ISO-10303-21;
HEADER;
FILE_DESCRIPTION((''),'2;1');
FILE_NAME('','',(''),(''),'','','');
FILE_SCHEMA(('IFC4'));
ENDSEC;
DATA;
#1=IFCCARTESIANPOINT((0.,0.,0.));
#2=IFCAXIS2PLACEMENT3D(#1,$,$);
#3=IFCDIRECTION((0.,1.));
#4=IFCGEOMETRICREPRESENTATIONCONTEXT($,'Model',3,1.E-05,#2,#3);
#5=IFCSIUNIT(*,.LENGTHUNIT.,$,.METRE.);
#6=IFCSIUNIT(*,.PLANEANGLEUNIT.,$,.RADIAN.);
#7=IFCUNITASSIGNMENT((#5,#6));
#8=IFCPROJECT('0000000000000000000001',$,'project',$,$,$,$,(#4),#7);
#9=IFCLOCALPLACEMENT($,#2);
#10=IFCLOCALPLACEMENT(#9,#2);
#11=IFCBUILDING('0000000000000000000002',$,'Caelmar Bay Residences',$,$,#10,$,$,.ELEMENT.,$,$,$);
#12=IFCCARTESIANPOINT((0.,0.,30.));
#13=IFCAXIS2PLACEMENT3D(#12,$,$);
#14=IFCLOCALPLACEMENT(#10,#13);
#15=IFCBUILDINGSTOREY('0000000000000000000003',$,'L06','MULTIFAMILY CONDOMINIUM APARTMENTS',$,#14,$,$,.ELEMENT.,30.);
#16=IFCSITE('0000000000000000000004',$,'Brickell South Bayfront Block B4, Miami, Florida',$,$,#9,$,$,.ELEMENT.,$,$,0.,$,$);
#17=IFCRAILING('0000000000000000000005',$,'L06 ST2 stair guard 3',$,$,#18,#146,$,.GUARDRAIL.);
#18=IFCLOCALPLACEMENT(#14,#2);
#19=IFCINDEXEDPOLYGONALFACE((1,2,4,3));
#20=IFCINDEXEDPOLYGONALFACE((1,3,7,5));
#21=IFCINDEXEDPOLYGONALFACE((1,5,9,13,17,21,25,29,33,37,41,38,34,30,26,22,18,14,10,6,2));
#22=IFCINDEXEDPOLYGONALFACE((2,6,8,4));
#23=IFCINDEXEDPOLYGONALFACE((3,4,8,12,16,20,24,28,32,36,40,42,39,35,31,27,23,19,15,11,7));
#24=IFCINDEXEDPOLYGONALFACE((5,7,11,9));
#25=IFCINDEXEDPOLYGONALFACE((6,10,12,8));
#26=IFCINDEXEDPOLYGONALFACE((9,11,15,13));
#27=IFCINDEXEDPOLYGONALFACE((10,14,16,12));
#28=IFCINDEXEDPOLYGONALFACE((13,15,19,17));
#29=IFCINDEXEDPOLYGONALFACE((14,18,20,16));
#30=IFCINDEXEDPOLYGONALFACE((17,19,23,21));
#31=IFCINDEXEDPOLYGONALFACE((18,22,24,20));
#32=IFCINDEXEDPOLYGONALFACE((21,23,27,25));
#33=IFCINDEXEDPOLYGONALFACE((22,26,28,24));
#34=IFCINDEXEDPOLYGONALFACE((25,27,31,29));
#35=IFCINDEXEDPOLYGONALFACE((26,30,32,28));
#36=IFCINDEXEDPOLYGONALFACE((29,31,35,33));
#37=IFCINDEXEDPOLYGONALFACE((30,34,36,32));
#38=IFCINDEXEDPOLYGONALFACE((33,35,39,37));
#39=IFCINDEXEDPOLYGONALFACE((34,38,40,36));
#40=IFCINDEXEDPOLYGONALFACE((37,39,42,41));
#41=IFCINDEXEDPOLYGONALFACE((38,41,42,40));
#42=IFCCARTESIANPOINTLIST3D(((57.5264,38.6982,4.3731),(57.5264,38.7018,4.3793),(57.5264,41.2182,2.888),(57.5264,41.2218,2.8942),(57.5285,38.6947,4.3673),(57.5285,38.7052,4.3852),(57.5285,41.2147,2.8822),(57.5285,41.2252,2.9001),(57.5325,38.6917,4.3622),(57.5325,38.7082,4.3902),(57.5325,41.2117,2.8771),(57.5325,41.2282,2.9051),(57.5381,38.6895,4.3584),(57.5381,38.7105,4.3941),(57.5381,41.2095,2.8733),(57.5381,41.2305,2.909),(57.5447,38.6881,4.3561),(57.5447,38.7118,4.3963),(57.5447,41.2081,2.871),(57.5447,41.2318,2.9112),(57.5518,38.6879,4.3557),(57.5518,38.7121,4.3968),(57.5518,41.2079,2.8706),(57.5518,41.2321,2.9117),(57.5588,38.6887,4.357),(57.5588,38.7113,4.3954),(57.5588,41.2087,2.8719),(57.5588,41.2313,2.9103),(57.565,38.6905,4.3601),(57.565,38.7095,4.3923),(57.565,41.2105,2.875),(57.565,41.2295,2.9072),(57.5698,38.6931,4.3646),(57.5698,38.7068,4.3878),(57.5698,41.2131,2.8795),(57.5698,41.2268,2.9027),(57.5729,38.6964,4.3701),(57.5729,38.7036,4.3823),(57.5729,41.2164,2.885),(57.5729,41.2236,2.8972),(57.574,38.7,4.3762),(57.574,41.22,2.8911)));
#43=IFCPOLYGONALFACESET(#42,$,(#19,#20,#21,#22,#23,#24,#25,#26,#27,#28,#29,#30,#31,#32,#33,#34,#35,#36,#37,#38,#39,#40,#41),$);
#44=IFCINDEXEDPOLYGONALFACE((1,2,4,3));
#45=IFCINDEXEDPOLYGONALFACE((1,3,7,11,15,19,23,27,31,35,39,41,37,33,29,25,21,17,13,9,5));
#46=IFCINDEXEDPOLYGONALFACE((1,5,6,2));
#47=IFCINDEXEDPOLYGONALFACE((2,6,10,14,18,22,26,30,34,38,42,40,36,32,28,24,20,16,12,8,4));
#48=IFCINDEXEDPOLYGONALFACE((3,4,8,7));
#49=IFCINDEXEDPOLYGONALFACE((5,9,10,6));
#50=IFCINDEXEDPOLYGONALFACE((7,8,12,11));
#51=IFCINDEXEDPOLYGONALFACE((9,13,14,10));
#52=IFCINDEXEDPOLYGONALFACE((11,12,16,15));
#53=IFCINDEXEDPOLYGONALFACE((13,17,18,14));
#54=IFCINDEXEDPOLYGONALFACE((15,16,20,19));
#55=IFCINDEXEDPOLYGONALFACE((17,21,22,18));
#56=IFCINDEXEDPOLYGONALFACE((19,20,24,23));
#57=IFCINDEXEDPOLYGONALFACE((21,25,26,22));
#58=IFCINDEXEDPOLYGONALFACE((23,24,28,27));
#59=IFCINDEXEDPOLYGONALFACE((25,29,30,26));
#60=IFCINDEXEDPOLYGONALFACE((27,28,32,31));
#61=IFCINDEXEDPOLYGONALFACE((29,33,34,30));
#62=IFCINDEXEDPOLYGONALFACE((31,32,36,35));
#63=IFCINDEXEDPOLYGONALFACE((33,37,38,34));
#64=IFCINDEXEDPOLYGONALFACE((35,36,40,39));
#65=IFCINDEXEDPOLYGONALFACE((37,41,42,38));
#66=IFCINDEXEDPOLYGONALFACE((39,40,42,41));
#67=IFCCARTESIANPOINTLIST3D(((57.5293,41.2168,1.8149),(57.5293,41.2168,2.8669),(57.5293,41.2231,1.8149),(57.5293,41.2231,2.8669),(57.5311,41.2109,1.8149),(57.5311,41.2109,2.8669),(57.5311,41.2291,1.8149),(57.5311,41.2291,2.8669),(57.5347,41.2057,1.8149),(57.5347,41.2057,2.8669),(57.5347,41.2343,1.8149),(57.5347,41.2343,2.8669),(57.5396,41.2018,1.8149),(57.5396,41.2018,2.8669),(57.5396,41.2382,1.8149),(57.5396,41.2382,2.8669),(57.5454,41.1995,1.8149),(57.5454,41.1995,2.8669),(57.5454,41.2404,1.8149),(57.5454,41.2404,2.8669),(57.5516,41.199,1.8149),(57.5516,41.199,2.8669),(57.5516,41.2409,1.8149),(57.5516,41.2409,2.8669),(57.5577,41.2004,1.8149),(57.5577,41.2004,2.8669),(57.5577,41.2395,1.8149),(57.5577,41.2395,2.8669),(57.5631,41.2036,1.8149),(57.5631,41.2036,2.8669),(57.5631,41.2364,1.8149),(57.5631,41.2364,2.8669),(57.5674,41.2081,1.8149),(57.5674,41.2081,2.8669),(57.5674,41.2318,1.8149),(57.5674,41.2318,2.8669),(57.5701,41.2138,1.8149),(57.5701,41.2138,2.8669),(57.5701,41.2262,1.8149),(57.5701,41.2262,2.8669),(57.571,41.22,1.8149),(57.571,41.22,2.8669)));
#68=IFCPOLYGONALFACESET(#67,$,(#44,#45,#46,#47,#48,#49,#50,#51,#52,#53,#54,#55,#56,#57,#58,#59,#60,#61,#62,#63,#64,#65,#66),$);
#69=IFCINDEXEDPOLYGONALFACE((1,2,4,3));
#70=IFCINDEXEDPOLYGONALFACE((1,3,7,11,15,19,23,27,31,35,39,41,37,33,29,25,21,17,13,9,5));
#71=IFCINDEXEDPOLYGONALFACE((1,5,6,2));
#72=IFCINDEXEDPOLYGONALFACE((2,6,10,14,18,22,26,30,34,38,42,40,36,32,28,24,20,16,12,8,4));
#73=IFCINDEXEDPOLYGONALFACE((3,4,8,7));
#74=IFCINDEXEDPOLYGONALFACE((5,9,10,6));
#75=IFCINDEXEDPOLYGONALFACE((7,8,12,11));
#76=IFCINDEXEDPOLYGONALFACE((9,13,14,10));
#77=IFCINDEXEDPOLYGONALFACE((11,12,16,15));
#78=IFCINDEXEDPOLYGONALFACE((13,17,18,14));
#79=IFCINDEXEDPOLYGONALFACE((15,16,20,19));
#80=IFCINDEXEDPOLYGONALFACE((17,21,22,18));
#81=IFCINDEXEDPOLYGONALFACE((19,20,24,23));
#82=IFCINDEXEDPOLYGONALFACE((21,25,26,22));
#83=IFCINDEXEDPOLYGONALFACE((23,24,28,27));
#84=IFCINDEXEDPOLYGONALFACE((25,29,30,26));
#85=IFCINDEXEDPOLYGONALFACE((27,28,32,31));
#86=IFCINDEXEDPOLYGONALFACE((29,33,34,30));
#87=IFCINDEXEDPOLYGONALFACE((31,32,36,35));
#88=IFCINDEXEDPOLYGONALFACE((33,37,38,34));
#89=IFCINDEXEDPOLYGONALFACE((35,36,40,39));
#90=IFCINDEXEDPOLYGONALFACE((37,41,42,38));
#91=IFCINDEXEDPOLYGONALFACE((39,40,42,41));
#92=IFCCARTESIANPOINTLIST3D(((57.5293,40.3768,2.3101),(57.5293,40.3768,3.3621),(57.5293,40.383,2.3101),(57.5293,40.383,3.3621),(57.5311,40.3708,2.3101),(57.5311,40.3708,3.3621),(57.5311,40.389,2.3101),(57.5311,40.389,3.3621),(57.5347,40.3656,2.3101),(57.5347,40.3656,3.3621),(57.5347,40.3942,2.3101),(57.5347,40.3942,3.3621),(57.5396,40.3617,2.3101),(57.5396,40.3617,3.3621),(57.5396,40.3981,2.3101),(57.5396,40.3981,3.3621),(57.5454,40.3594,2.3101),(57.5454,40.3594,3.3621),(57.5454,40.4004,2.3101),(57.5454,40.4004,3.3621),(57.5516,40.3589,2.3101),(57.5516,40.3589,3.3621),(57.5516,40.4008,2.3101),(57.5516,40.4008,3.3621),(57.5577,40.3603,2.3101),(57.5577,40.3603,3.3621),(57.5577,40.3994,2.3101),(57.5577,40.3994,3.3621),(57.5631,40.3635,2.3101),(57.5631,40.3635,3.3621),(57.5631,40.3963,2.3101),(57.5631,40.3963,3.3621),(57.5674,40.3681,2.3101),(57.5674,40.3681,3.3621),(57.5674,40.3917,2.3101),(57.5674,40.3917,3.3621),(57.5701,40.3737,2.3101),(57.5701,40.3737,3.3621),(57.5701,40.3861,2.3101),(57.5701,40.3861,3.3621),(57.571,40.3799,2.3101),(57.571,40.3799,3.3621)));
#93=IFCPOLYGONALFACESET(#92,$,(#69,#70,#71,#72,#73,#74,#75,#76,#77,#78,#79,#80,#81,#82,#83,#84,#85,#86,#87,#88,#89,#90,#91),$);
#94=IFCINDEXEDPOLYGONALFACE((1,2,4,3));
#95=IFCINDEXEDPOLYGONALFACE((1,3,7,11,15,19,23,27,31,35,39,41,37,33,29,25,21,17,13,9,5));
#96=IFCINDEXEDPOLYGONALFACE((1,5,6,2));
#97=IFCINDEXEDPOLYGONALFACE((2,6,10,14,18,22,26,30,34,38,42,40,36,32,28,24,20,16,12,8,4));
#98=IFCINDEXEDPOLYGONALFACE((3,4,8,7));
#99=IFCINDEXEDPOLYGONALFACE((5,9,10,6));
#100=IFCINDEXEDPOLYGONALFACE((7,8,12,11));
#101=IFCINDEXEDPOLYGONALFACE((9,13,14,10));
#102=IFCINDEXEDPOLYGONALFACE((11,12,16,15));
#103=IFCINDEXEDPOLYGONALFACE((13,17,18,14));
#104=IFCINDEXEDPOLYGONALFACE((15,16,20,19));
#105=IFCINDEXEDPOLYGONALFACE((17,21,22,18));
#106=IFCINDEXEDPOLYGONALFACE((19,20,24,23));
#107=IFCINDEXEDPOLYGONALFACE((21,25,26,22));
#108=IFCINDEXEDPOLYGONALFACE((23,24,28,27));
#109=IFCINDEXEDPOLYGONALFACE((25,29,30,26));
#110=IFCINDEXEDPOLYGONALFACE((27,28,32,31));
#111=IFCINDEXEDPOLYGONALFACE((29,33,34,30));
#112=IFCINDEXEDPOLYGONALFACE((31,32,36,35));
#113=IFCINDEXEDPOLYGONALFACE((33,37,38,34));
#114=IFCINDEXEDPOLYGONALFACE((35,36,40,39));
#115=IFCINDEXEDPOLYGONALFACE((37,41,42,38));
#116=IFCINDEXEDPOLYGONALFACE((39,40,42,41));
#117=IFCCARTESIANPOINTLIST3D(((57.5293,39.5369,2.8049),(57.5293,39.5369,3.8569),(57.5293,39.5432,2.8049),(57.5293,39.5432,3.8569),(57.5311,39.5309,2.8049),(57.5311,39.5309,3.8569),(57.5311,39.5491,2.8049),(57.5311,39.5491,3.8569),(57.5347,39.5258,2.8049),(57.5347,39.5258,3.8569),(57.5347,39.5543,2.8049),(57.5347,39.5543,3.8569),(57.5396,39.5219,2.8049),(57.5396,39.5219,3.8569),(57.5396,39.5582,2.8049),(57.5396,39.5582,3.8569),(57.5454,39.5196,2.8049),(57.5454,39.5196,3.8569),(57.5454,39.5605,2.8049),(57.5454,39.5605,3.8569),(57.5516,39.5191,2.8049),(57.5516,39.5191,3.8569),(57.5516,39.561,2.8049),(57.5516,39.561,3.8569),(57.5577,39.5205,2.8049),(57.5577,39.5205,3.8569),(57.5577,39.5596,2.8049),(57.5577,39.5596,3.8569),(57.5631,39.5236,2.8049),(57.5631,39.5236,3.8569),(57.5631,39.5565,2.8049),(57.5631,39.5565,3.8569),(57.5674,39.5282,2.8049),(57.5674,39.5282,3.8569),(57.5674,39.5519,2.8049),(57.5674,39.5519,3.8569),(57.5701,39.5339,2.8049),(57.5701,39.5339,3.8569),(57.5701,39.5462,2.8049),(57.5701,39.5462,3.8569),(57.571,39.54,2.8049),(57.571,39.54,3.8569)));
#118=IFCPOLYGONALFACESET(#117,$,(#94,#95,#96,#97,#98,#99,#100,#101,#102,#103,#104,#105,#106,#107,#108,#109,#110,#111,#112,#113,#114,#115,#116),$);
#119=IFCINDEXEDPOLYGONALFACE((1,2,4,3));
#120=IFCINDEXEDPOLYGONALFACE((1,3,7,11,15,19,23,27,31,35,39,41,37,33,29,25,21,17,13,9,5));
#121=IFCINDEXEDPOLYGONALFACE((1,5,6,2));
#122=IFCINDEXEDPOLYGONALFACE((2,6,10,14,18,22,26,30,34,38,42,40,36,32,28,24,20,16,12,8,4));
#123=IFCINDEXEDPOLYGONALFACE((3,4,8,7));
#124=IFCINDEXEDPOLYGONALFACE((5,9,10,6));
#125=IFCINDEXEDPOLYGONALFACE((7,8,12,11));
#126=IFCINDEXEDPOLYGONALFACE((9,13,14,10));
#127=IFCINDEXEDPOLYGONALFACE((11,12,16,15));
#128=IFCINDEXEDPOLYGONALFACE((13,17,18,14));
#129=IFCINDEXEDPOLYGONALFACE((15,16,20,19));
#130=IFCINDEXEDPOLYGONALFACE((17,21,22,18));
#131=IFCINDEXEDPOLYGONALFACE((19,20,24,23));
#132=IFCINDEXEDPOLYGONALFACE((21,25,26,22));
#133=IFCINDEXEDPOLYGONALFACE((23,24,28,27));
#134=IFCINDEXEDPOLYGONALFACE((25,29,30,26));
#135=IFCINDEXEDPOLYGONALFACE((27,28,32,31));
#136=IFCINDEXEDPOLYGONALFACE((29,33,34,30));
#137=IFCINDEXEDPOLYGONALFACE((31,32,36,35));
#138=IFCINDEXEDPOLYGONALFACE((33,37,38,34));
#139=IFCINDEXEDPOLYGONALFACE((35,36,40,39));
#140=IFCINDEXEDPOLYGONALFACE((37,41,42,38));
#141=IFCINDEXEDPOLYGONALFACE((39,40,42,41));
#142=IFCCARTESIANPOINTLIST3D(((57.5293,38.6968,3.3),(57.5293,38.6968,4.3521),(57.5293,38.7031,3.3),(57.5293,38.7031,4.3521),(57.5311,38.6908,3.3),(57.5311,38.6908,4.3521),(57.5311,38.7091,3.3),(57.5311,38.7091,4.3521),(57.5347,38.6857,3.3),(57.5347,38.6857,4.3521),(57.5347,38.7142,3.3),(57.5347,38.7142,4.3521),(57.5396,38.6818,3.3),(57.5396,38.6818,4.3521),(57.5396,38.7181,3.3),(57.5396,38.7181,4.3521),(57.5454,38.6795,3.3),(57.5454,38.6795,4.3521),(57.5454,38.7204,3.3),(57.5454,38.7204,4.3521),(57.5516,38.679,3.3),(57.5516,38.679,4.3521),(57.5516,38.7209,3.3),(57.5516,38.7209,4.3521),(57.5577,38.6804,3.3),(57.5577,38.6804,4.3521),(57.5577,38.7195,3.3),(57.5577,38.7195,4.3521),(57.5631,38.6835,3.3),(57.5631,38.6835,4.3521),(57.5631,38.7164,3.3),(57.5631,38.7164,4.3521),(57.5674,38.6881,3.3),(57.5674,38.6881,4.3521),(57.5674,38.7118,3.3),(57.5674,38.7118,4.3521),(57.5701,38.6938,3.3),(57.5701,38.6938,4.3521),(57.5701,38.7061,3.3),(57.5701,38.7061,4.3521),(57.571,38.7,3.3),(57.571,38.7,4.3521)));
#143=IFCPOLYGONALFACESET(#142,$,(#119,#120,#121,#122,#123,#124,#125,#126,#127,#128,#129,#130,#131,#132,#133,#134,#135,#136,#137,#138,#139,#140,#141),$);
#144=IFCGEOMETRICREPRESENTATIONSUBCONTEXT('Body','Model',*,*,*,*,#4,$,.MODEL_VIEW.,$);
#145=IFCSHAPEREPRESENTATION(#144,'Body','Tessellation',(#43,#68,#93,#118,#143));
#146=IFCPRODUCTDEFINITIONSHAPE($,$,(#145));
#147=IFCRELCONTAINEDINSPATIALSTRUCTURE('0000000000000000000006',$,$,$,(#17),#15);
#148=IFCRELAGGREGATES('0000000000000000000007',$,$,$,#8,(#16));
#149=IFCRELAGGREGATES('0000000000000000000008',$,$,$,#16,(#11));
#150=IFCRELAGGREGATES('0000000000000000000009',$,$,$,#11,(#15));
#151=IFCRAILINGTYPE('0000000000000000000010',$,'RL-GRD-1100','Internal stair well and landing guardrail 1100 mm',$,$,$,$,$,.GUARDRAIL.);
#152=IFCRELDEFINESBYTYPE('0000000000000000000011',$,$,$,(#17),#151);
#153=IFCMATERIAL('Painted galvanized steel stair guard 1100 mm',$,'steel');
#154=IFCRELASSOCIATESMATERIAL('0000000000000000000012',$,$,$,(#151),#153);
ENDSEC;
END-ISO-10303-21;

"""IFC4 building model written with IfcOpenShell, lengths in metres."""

from ifc_helpers import new_model, si_unit, direction, frame, origin, origin_2d, place, context, subcontext, project, spatial, circle, extrude, material, type_object, element, save


model = new_model("IFC4")

# Units and contexts
model_context = context("Model", 3, precision=1e-05, world=origin(), true_north=direction((0.0, 1.0)))
body_context = subcontext(model_context, "Body", "Model", "MODEL_VIEW")
ifc_project = project(units=[si_unit("LENGTHUNIT", "METRE"), si_unit("PLANEANGLEUNIT", "RADIAN")], contexts=[model_context])

# Site, building, storey
site_placement = place(None, origin())
site = spatial("IfcSite", under=ifc_project, at=site_placement, Name="Brickell South Bayfront Block B4, Miami, Florida", CompositionType="ELEMENT", RefElevation=0.0)
building_placement = place(site_placement, origin())
building = spatial("IfcBuilding", under=site, at=building_placement, Name="Caelmar Bay Residences", CompositionType="ELEMENT")
storey_placement = place(building_placement, frame((0.0, 0.0, 30.0)))
storey = spatial("IfcBuildingStorey", under=building, at=storey_placement, Name="L06", Description="MULTIFAMILY CONDOMINIUM APARTMENTS", CompositionType="ELEMENT", Elevation=30.0)

# Railing
ifc_material_1 = material(Name="Painted galvanized steel stair guard 1100 mm", Category="steel")
railing_type_1 = type_object("IfcRailingType", Name="RL-GRD-1100", Description="Internal stair well and landing guardrail 1100 mm", PredefinedType="GUARDRAIL", material=ifc_material_1)
railing_1_placement = place(storey_placement, frame((57.55, 41.22, 1.8149)))
element("IfcRailing", 1, at=railing_1_placement, inside=storey, type_object=railing_type_1, Name="L06 ST2 stair guard 3", PredefinedType="GUARDRAIL", context=body_context, shape_type="SweptSolid", body=[
    extrude(circle(Radius=0.0239, at=origin_2d()), frame((0.0, 0.0, 1.0762), z_axis=(0.0, -0.861524, 0.507717), x_axis=(1.0, 0.0, 0.0)), (0.0, 0.0, 1.0), 2.925),
    extrude(circle(Radius=0.021, at=origin_2d()), origin(), (0.0, 0.0, 1.0), 1.052),
    extrude(circle(Radius=0.021, at=origin_2d()), frame((0.0, -0.8401, 0.4951)), (0.0, 0.0, 1.0), 1.052),
    extrude(circle(Radius=0.021, at=origin_2d()), frame((0.0, -1.6799, 0.99)), (0.0, 0.0, 1.0), 1.052),
    extrude(circle(Radius=0.021, at=origin_2d()), frame((0.0, -2.52, 1.4851)), (0.0, 0.0, 1.0), 1.052),
])

save(model, "model.ifc")
